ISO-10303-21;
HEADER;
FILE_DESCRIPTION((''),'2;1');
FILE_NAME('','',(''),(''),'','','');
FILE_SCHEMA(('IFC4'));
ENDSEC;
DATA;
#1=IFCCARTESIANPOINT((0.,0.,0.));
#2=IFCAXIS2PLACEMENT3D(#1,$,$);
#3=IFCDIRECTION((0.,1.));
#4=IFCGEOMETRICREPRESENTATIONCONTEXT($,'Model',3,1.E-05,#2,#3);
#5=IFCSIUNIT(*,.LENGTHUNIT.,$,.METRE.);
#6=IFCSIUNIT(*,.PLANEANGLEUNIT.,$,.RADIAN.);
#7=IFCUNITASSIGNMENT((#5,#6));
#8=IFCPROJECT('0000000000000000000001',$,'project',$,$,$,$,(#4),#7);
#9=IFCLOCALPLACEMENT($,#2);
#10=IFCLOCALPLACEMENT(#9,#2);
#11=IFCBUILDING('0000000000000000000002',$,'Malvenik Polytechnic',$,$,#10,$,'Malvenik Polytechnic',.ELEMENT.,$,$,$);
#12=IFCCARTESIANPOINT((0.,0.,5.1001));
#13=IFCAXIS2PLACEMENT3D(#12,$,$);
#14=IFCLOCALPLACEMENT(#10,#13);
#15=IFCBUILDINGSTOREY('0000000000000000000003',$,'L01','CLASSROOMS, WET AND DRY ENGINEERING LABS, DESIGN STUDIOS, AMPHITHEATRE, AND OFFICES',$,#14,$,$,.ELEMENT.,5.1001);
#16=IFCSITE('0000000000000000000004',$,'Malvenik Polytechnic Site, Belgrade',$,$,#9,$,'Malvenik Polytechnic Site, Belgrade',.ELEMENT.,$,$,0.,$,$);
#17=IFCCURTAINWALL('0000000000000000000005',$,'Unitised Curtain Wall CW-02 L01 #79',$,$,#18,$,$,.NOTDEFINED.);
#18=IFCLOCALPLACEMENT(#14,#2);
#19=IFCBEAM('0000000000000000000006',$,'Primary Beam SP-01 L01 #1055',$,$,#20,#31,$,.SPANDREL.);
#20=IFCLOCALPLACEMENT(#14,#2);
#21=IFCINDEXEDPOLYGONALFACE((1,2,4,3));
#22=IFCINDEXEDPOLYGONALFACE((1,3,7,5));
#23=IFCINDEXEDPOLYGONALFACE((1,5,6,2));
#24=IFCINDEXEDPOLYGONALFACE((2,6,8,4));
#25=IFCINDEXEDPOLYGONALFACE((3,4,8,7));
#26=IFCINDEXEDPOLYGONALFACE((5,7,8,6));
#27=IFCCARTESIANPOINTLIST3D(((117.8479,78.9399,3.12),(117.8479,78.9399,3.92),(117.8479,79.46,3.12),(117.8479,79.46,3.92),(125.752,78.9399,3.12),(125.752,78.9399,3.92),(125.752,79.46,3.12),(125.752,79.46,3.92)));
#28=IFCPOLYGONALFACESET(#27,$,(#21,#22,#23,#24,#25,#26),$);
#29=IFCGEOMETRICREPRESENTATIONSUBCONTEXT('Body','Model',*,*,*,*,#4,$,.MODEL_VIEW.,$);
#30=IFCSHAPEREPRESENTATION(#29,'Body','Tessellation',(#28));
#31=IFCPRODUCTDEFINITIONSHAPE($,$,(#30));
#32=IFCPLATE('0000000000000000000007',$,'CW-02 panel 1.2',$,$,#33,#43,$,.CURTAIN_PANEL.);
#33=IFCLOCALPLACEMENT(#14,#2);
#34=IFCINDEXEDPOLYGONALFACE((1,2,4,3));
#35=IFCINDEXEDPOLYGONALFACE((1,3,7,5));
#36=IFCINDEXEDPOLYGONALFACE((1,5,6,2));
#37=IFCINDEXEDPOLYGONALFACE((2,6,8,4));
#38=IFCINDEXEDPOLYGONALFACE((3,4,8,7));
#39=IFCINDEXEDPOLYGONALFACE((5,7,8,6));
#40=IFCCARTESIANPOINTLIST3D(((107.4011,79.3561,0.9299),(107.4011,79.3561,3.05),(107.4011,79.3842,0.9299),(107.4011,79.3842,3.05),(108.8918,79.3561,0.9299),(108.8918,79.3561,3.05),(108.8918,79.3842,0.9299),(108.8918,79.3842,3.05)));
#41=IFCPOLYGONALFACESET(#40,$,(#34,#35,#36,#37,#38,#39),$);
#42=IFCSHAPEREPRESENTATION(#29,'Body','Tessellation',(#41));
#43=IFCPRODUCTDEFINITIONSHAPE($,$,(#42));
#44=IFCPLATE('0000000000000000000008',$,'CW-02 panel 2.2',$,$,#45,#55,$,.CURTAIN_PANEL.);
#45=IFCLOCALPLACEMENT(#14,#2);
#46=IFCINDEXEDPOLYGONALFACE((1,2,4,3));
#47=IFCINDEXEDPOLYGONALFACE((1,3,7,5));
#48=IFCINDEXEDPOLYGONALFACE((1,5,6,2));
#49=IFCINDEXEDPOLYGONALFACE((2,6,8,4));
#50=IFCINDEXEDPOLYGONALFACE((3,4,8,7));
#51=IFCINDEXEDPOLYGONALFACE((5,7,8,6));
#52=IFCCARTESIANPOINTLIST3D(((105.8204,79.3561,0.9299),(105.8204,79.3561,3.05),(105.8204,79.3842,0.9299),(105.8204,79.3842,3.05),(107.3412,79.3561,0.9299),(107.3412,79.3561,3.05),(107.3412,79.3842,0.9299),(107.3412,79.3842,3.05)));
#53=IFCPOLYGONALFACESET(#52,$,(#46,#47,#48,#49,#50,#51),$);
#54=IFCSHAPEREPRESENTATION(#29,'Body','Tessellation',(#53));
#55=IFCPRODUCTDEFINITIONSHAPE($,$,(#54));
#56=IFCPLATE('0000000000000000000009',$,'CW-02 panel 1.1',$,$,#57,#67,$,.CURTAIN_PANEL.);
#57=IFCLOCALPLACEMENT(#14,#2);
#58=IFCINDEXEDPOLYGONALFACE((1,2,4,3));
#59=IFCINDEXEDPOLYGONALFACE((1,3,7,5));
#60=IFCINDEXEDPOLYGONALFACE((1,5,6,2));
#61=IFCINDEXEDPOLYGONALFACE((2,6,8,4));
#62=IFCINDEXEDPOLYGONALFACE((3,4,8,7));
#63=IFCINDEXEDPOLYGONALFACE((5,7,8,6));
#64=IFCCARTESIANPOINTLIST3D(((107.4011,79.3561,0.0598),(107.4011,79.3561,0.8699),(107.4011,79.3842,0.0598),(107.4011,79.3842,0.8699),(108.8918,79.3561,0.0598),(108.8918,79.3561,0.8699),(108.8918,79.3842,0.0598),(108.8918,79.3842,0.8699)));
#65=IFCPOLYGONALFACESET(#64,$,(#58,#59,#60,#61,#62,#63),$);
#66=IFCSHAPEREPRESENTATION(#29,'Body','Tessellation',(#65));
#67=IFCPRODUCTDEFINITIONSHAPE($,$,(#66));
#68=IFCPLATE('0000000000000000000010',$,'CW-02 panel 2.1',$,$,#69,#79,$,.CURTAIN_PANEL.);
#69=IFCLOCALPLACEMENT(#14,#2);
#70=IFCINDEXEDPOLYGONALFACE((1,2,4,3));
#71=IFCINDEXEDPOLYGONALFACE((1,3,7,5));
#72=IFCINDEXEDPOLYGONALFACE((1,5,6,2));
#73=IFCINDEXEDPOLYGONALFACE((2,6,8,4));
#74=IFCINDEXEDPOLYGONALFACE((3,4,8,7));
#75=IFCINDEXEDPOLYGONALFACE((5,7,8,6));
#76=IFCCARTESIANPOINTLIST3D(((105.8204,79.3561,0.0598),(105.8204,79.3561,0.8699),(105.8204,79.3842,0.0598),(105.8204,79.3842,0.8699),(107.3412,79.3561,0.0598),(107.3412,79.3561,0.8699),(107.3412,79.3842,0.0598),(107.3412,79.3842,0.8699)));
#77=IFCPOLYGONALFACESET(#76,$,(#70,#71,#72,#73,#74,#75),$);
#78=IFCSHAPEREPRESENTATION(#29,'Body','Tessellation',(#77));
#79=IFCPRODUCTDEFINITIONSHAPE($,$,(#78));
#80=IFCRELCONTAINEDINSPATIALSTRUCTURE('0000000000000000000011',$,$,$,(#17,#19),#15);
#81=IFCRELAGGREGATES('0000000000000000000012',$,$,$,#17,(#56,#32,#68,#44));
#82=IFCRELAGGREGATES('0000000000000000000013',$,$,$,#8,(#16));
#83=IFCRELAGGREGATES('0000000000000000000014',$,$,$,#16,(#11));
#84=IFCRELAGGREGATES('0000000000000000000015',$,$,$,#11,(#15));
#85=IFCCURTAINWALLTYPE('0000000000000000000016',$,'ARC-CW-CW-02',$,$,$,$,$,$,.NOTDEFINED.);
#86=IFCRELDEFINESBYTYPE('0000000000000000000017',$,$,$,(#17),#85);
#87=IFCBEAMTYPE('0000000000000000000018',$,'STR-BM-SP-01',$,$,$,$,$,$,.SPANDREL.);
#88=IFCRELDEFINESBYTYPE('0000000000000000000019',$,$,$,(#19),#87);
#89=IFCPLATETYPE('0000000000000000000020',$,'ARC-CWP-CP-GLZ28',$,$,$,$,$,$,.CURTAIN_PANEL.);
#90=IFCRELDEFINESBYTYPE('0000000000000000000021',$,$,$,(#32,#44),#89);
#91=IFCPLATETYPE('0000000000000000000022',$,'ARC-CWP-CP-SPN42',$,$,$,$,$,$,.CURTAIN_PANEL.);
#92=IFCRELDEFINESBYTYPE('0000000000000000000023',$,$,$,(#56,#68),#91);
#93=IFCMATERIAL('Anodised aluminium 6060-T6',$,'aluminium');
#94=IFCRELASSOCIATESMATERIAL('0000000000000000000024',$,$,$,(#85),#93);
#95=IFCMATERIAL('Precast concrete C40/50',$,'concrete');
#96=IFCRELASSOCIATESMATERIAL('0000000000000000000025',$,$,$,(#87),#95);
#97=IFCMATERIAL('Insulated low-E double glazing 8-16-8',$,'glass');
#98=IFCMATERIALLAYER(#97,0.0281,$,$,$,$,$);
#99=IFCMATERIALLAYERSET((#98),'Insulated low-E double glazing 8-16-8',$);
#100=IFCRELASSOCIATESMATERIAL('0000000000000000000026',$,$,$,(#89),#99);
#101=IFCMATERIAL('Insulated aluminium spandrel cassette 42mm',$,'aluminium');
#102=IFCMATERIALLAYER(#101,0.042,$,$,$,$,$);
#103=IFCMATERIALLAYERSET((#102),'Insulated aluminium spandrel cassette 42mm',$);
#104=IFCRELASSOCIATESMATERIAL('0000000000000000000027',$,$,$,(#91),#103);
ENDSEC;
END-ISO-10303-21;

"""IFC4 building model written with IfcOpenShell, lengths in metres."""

from ifc_helpers import new_model, si_unit, direction, frame, origin, origin_2d, place, context, subcontext, project, spatial, rectangle, extrude, material, layer, layer_set, material_profile, profile_set, type_object, element, aggregate, save


model = new_model("IFC4")

# Units and contexts
model_context = context("Model", 3, precision=1e-05, world=origin(), true_north=direction((0.0, 1.0)))
body_context = subcontext(model_context, "Body", "Model", "MODEL_VIEW")
ifc_project = project(units=[si_unit("LENGTHUNIT", "METRE"), si_unit("PLANEANGLEUNIT", "RADIAN")], contexts=[model_context])

# Site, building, storey
site_placement = place(None, origin())
site = spatial("IfcSite", under=ifc_project, at=site_placement, Name="Malvenik Polytechnic Site, Belgrade", LongName="Malvenik Polytechnic Site, Belgrade", CompositionType="ELEMENT", RefElevation=0.0)
building_placement = place(site_placement, origin())
building = spatial("IfcBuilding", under=site, at=building_placement, Name="Malvenik Polytechnic", LongName="Malvenik Polytechnic", CompositionType="ELEMENT")
storey_placement = place(building_placement, frame((0.0, 0.0, 5.1001)))
storey = spatial("IfcBuildingStorey", under=building, at=storey_placement, Name="L01", Description="CLASSROOMS, WET AND DRY ENGINEERING LABS, DESIGN STUDIOS, AMPHITHEATRE, AND OFFICES", CompositionType="ELEMENT", Elevation=5.1001)

# Curtain wall
ifc_material_1 = material(Name="Anodised aluminium 6060-T6", Category="aluminium")
curtain_wall_type = type_object("IfcCurtainWallType", Name="ARC-CW-CW-02", PredefinedType="NOTDEFINED", material=ifc_material_1)
curtain_wall_placement = place(storey_placement, origin())
curtain_wall = element("IfcCurtainWall", 1, at=curtain_wall_placement, inside=storey, type_object=curtain_wall_type, Name="Unitised Curtain Wall CW-02 L01 #79", PredefinedType="NOTDEFINED")

# Beam
ifc_material_2 = material(Name="Precast concrete C40/50", Category="concrete")
ifc_material_profile_1 = material_profile(ifc_material_2, rectangle(XDim=0.52, YDim=0.8, at=origin_2d()), Name="PC SPN 520x800")
ifc_profile_set_1 = profile_set([ifc_material_profile_1], Name="Precast concrete C40/50")
beam_type = type_object("IfcBeamType", Name="STR-BM-SP-01", PredefinedType="SPANDREL", material=ifc_profile_set_1)
for number, where, z_axis, x_axis, name in (
    (2, (117.8479, 79.2, 3.52), (1.0, 0.0, 0.0), (0.0, 1.0, 0.0), "Primary Beam SP-01 L01 #1055"),
):
    element("IfcBeam", number, at=place(storey_placement, frame(where, z_axis=z_axis, x_axis=x_axis)), inside=storey, type_object=beam_type, Name=name, PredefinedType="SPANDREL", context=body_context, shape_type="SweptSolid", body=[
        extrude(rectangle(XDim=0.52, YDim=0.8, at=origin_2d()), origin(), (0.0, 0.0, 1.0), 7.9041),
    ])

# Plates
ifc_material_3 = material(Name="Insulated low-E double glazing 8-16-8", Category="glass")
ifc_layer_1 = layer(ifc_material_3, 0.0281)
ifc_layer_set_1 = layer_set([ifc_layer_1], Name="Insulated low-E double glazing 8-16-8")
plate_type_1 = type_object("IfcPlateType", Name="ARC-CWP-CP-GLZ28", PredefinedType="CURTAIN_PANEL", material=ifc_layer_set_1)
plate_1_placement = place(storey_placement, frame((108.1465, 79.3701, 0.9299), z_axis=(0.0, 0.0, 1.0), x_axis=(-1.0, 0.0, 0.0)))
plate_1 = element("IfcPlate", 3, at=plate_1_placement, type_object=plate_type_1, Name="CW-02 panel 1.2", PredefinedType="CURTAIN_PANEL", context=body_context, shape_type="SweptSolid", body=[
    extrude(rectangle(XDim=1.4907, YDim=0.0281, at=origin_2d()), origin(), (0.0, 0.0, 1.0), 2.1201),
])
plate_2_placement = place(storey_placement, frame((106.5808, 79.3701, 0.9299), z_axis=(0.0, 0.0, 1.0), x_axis=(-1.0, 0.0, 0.0)))
plate_2 = element("IfcPlate", 4, at=plate_2_placement, type_object=plate_type_1, Name="CW-02 panel 2.2", PredefinedType="CURTAIN_PANEL", context=body_context, shape_type="SweptSolid", body=[
    extrude(rectangle(XDim=1.5208, YDim=0.0281, at=origin_2d()), origin(), (0.0, 0.0, 1.0), 2.1201),
])
ifc_material_4 = material(Name="Insulated aluminium spandrel cassette 42mm", Category="aluminium")
ifc_layer_2 = layer(ifc_material_4, 0.042)
ifc_layer_set_2 = layer_set([ifc_layer_2], Name="Insulated aluminium spandrel cassette 42mm")
plate_type_2 = type_object("IfcPlateType", Name="ARC-CWP-CP-SPN42", PredefinedType="CURTAIN_PANEL", material=ifc_layer_set_2)
plate_3_placement = place(storey_placement, frame((108.1465, 79.3701, 0.0598), z_axis=(0.0, 0.0, 1.0), x_axis=(-1.0, 0.0, 0.0)))
plate_3 = element("IfcPlate", 5, at=plate_3_placement, type_object=plate_type_2, Name="CW-02 panel 1.1", PredefinedType="CURTAIN_PANEL", context=body_context, shape_type="SweptSolid", body=[
    extrude(rectangle(XDim=1.4907, YDim=0.0281, at=origin_2d()), origin(), (0.0, 0.0, 1.0), 0.8101),
])
plate_4_placement = place(storey_placement, frame((106.5808, 79.3701, 0.0598), z_axis=(0.0, 0.0, 1.0), x_axis=(-1.0, 0.0, 0.0)))
plate_4 = element("IfcPlate", 6, at=plate_4_placement, type_object=plate_type_2, Name="CW-02 panel 2.1", PredefinedType="CURTAIN_PANEL", context=body_context, shape_type="SweptSolid", body=[
    extrude(rectangle(XDim=1.5208, YDim=0.0281, at=origin_2d()), origin(), (0.0, 0.0, 1.0), 0.8101),
])
aggregate(curtain_wall, [plate_3, plate_1, plate_4, plate_2])

save(model, "model.ifc")
